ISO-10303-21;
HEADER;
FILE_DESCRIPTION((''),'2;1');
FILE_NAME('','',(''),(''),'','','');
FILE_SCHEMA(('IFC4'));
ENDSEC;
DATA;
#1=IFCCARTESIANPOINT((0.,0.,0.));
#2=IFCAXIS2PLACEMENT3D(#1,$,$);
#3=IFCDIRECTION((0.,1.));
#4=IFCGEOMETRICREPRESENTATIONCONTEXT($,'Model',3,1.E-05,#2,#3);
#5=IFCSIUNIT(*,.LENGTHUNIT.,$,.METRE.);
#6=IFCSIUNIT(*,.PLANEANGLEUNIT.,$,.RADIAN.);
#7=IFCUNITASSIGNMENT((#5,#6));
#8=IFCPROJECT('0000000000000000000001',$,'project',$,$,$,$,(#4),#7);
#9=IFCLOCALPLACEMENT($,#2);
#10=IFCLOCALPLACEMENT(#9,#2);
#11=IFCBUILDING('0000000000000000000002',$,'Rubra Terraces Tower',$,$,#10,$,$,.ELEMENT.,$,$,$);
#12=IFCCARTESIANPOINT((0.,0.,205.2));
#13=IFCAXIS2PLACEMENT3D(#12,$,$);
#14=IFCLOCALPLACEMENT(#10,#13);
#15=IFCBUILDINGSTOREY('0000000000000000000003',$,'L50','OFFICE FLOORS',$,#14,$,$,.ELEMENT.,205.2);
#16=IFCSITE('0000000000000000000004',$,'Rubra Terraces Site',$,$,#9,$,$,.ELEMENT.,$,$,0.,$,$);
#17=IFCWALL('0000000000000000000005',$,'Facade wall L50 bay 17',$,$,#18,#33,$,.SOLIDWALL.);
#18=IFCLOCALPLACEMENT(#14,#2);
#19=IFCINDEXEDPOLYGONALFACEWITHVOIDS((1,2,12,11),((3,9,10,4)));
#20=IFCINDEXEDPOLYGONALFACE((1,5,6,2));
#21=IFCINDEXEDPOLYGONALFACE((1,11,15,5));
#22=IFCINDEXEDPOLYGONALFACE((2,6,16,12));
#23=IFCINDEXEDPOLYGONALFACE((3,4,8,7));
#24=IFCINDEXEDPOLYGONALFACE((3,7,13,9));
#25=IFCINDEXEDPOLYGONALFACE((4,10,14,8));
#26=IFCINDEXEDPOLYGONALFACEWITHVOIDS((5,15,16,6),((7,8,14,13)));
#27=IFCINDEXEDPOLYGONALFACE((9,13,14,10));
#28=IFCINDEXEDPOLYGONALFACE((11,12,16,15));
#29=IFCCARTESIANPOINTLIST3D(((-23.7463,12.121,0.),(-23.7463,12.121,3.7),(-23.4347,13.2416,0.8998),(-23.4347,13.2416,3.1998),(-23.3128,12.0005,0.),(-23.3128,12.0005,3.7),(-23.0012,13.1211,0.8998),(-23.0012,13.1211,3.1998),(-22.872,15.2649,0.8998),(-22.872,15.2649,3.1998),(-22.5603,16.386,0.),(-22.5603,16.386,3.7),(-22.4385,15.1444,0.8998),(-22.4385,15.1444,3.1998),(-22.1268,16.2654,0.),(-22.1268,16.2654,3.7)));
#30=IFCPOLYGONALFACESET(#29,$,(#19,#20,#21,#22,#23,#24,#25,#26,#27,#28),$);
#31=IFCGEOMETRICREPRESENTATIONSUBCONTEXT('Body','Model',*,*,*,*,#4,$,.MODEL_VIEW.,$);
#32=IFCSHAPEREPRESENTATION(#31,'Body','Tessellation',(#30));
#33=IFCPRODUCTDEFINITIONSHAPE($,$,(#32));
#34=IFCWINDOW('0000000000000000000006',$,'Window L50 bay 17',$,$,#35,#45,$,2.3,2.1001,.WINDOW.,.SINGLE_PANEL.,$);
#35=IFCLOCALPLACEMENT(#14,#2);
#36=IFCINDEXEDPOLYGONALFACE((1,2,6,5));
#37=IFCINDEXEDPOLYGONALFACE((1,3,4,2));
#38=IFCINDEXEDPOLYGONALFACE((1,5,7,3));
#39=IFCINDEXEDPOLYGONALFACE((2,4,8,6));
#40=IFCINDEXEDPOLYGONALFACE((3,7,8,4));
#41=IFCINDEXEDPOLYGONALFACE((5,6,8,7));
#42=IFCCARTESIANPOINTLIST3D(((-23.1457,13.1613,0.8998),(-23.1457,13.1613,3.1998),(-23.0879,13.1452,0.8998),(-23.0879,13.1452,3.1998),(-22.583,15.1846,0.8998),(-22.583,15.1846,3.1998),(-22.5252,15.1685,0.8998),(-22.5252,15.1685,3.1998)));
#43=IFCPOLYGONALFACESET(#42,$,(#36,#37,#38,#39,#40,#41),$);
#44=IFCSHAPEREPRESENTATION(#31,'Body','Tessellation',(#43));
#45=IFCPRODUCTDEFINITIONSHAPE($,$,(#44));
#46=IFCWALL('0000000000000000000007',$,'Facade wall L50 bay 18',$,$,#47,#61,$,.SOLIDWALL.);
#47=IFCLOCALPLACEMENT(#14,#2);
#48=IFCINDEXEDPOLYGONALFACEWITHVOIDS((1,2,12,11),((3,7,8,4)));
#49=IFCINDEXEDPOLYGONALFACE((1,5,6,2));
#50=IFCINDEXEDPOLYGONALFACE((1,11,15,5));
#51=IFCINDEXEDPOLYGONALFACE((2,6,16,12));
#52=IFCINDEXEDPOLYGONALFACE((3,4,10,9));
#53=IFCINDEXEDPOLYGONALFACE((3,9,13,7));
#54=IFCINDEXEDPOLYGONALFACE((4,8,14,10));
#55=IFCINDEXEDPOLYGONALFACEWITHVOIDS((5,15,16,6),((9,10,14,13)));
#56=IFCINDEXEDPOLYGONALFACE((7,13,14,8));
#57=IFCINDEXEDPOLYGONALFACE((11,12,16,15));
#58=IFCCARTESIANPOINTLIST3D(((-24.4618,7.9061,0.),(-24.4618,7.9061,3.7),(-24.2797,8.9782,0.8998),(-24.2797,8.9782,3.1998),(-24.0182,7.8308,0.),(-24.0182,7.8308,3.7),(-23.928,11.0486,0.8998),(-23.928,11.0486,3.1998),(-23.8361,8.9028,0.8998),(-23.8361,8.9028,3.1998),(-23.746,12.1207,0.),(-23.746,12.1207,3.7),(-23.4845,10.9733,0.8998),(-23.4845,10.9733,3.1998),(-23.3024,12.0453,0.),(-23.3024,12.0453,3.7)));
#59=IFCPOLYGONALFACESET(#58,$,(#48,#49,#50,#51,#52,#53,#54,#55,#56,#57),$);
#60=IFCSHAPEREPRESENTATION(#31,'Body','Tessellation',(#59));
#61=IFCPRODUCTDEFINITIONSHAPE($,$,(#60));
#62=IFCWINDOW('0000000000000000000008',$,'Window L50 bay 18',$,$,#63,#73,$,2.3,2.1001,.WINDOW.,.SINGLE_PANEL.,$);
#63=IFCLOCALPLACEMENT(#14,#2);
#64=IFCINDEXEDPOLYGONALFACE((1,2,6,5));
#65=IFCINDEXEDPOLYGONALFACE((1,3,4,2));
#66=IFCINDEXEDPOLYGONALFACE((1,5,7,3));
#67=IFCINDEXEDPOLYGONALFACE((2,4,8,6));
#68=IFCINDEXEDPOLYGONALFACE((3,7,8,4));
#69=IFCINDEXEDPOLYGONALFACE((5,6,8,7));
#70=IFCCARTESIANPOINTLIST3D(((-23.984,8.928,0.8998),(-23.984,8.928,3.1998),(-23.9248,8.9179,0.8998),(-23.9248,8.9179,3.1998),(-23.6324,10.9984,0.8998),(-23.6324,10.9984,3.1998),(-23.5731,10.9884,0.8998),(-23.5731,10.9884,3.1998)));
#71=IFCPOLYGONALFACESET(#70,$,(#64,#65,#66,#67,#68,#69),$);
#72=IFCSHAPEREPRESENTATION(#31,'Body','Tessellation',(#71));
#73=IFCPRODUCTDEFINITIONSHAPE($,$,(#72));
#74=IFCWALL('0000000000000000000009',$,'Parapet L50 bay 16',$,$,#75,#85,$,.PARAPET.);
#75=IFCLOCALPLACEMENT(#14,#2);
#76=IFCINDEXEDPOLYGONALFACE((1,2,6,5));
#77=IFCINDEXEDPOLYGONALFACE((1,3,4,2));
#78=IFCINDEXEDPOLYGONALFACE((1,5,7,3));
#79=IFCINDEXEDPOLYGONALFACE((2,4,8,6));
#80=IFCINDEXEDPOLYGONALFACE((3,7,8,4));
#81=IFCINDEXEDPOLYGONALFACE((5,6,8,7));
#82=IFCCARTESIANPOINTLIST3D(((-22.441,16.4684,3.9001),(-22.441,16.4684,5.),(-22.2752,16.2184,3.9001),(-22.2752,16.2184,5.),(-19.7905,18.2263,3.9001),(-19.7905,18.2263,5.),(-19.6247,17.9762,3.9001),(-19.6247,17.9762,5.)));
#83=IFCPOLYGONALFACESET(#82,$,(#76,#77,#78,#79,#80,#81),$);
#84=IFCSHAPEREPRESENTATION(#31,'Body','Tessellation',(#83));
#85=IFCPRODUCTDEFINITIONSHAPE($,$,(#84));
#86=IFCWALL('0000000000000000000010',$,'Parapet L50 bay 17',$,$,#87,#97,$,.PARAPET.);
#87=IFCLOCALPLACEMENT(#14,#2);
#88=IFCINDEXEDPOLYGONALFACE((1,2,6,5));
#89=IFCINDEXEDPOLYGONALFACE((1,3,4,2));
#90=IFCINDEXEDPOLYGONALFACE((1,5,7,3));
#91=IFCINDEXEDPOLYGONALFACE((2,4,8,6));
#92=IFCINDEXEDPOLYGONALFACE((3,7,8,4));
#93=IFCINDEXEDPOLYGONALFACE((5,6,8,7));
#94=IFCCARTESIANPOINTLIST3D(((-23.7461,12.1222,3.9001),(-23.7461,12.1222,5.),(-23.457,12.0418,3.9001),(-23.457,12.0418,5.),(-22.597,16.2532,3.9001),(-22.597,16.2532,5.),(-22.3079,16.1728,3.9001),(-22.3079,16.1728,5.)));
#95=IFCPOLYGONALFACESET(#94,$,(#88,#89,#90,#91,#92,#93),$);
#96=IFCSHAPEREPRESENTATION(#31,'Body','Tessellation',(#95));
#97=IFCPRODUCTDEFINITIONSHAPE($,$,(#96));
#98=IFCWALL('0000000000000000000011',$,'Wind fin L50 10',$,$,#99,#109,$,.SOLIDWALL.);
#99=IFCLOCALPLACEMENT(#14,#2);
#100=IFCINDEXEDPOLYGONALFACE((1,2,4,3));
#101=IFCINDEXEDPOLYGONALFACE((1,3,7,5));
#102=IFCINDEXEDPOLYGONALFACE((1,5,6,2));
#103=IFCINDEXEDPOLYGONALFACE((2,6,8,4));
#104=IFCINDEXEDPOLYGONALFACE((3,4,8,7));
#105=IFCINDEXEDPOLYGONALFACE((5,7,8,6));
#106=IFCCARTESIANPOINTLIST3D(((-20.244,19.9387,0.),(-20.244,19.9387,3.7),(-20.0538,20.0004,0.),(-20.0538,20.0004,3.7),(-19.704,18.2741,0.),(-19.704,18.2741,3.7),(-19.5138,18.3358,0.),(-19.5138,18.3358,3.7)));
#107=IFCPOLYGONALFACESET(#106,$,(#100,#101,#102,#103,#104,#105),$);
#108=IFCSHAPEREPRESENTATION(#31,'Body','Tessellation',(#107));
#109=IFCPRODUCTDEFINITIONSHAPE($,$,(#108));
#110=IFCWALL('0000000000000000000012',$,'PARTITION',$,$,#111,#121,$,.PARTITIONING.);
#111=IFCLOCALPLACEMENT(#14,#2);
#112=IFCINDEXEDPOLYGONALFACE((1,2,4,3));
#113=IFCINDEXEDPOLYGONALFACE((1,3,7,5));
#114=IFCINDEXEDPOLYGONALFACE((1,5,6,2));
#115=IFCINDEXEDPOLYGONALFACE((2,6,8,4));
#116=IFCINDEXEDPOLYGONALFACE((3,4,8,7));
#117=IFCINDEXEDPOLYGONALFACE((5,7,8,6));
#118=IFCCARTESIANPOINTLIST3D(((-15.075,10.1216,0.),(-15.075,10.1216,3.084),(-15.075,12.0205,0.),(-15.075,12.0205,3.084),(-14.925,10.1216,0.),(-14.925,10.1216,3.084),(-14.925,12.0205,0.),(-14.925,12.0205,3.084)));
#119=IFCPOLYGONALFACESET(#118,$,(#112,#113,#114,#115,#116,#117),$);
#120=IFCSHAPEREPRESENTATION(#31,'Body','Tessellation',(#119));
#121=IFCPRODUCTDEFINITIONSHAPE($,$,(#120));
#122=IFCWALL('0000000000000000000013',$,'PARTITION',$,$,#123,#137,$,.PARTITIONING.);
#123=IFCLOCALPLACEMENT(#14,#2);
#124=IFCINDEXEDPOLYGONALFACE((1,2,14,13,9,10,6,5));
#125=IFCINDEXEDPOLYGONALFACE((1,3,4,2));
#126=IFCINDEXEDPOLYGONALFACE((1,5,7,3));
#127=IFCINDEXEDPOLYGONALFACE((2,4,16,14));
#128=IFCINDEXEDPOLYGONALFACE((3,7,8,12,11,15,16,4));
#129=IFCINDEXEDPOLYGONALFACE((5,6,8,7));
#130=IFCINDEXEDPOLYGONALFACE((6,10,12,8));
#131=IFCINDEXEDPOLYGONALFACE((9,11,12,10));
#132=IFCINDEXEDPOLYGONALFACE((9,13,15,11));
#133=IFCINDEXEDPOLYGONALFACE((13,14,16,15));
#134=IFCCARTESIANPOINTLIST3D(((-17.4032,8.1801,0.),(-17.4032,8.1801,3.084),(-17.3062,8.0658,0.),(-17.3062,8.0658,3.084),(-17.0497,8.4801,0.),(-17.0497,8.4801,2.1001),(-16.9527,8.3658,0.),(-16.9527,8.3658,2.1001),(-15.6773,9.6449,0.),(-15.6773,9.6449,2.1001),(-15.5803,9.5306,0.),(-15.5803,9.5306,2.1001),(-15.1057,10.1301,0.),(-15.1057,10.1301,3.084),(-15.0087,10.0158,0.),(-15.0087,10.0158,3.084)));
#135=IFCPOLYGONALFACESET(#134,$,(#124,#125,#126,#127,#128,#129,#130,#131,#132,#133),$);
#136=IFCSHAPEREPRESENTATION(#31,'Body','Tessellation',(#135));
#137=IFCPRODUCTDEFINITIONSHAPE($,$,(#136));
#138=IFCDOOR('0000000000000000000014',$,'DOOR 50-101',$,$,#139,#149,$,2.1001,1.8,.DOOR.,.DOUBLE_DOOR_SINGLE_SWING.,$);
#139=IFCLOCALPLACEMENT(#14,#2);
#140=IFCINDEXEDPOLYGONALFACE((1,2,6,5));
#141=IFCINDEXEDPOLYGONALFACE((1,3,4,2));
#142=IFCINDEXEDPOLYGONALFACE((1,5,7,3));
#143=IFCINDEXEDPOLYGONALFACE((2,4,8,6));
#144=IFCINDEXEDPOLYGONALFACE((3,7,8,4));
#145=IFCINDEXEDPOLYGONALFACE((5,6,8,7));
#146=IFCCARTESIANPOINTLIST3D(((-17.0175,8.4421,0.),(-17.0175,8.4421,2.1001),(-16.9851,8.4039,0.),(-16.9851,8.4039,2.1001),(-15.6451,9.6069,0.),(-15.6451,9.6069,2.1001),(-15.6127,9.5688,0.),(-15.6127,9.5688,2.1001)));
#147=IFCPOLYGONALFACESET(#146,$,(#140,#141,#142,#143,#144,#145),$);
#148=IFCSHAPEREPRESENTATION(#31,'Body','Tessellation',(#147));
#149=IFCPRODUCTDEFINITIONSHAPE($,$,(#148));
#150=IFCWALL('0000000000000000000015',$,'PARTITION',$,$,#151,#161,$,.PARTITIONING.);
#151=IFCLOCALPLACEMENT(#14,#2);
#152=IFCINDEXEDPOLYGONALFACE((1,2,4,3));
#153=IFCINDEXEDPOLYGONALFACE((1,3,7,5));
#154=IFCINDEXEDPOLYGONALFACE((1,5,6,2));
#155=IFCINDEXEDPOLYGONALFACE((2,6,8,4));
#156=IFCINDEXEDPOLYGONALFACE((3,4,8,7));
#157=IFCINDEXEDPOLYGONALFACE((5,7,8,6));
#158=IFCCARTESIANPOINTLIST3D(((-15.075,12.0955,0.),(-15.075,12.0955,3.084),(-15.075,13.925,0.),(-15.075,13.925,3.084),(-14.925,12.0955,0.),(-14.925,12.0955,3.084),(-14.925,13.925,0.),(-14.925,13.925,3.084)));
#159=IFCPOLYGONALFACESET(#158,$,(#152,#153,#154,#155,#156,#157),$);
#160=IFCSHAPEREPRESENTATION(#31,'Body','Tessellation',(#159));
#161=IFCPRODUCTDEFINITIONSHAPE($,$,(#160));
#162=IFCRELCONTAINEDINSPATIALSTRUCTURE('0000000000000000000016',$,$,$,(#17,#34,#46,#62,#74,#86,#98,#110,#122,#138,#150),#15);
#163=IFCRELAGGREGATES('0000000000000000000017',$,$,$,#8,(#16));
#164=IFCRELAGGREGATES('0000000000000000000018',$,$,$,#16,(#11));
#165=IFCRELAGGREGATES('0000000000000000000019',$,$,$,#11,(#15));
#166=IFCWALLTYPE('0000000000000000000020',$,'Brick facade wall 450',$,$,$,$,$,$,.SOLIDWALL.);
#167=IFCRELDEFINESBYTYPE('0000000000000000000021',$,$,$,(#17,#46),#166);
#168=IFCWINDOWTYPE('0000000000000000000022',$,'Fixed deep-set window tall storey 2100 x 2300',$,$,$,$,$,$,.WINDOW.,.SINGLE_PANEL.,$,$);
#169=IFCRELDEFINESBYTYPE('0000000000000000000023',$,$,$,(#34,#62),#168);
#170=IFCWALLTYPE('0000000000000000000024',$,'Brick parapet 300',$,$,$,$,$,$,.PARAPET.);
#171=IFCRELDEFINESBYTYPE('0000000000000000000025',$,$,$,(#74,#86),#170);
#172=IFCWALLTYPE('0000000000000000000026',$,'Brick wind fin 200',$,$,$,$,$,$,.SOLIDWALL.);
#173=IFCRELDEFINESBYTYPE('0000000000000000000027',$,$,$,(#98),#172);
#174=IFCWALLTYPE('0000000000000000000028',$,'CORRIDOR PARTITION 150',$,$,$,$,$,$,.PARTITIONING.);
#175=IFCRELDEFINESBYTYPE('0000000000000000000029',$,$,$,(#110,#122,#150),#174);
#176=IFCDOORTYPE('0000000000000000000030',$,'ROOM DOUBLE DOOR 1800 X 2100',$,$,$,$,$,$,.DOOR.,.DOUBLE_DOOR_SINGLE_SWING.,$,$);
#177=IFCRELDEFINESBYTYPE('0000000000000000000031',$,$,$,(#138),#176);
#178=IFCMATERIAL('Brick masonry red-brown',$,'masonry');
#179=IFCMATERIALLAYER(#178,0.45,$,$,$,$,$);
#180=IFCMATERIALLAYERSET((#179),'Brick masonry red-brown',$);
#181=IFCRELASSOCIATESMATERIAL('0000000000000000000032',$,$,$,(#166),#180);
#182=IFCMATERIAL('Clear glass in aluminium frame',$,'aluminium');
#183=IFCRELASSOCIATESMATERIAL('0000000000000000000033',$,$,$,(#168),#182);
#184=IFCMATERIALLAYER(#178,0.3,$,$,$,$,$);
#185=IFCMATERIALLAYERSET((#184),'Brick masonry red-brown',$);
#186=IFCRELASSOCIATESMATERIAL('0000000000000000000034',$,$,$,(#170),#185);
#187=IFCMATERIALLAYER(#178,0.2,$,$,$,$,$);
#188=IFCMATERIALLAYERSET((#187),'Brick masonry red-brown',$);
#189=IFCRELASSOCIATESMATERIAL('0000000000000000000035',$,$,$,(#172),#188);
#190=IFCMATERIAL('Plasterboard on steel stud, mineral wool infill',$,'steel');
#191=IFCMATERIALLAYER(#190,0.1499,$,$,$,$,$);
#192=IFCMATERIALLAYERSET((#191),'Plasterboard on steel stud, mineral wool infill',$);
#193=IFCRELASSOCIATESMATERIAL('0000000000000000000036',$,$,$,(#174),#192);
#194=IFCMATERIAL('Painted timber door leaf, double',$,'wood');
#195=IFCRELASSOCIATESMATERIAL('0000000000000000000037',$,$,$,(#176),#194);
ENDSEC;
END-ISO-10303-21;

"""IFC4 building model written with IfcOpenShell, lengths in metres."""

from ifc_helpers import new_model, si_unit, direction, frame, frame_2d, origin, place, context, subcontext, project, spatial, rectangle, extrude, material, layer, layer_set, type_object, element, fill, save


model = new_model("IFC4")

# Units and contexts
model_context = context("Model", 3, precision=1e-05, world=origin(), true_north=direction((0.0, 1.0)))
body_context = subcontext(model_context, "Body", "Model", "MODEL_VIEW")
ifc_project = project(units=[si_unit("LENGTHUNIT", "METRE"), si_unit("PLANEANGLEUNIT", "RADIAN")], contexts=[model_context])

# Site, building, storey
site_placement = place(None, origin())
site = spatial("IfcSite", under=ifc_project, at=site_placement, Name="Rubra Terraces Site", CompositionType="ELEMENT", RefElevation=0.0)
building_placement = place(site_placement, origin())
building = spatial("IfcBuilding", under=site, at=building_placement, Name="Rubra Terraces Tower", CompositionType="ELEMENT")
storey_placement = place(building_placement, frame((0.0, 0.0, 205.2)))
storey = spatial("IfcBuildingStorey", under=building, at=storey_placement, Name="L50", Description="OFFICE FLOORS", CompositionType="ELEMENT", Elevation=205.2)

# Walls, openings, windows
ifc_material_1 = material(Name="Brick masonry red-brown", Category="masonry")
ifc_layer_1 = layer(ifc_material_1, 0.45)
ifc_layer_set_1 = layer_set([ifc_layer_1], Name="Brick masonry red-brown")
wall_type_1 = type_object("IfcWallType", Name="Brick facade wall 450", PredefinedType="SOLIDWALL", material=ifc_layer_set_1)
ifc_material_2 = material(Name="Clear glass in aluminium frame", Category="aluminium")
window_type = type_object("IfcWindowType", Name="Fixed deep-set window tall storey 2100 x 2300", PartitioningType="SINGLE_PANEL", PredefinedType="WINDOW", material=ifc_material_2)
wall_1_placement = place(storey_placement, frame((-22.3435, 16.3257, 0.0), z_axis=(0.0, 0.0, 1.0), x_axis=(-0.267925, -0.96344, 0.0)))
wall_1 = element("IfcWall", 1, at=wall_1_placement, inside=storey, type_object=wall_type_1, Name="Facade wall L50 bay 17", PredefinedType="SOLIDWALL", context=body_context, shape_type="SweptSolid", body=[
    extrude(rectangle(XDim=4.4268, YDim=0.45, at=frame_2d((2.2134, 0.0))), origin(), (0.0, 0.0, 1.0), 3.7),
])
opening_1_placement = place(wall_1_placement, frame((1.1636, 0.0, 0.8999)))
opening_1 = element("IfcOpeningElement", 2, at=opening_1_placement, cuts=wall_1, PredefinedType="OPENING", context=body_context, shape_type="SweptSolid", body=[
    extrude(rectangle(XDim=2.1001, YDim=2.3, at=frame_2d((1.05, 1.1499))), frame((0.0, 0.2349, 0.0), z_axis=(0.0, -1.0, 0.0), x_axis=(1.0, 0.0, 0.0)), (0.0, 0.0, 1.0), 0.47),
])
window_1_placement = place(opening_1_placement, origin())
window_1 = element("IfcWindow", 3, at=window_1_placement, inside=storey, type_object=window_type, Name="Window L50 bay 17", OverallHeight=2.3, OverallWidth=2.1001, PartitioningType="SINGLE_PANEL", PredefinedType="WINDOW", context=body_context, shape_type="SweptSolid", body=[
    extrude(rectangle(XDim=2.1001, YDim=2.3, at=frame_2d((1.05, 1.1499))), frame((0.0, 0.135, 0.0), z_axis=(0.0, -1.0, 0.0), x_axis=(1.0, 0.0, 0.0)), (0.0, 0.0, 1.0), 0.0601),
])
fill(opening_1, window_1)
wall_2_placement = place(storey_placement, frame((-23.5242, 12.083, 0.0), z_axis=(0.0, 0.0, 1.0), x_axis=(-0.167445, -0.985881, 0.0)))
wall_2 = element("IfcWall", 4, at=wall_2_placement, inside=storey, type_object=wall_type_1, Name="Facade wall L50 bay 18", PredefinedType="SOLIDWALL", context=body_context, shape_type="SweptSolid", body=[
    extrude(rectangle(XDim=4.2749, YDim=0.45, at=frame_2d((2.1375, 0.0))), origin(), (0.0, 0.0, 1.0), 3.7),
])
opening_2_placement = place(wall_2_placement, frame((1.0874, 0.0, 0.8999)))
opening_2 = element("IfcOpeningElement", 5, at=opening_2_placement, cuts=wall_2, PredefinedType="OPENING", context=body_context, shape_type="SweptSolid", body=[
    extrude(rectangle(XDim=2.1001, YDim=2.3, at=frame_2d((1.05, 1.1499))), frame((0.0, 0.2349, 0.0), z_axis=(0.0, -1.0, 0.0), x_axis=(1.0, 0.0, 0.0)), (0.0, 0.0, 1.0), 0.47),
])
window_2_placement = place(opening_2_placement, origin())
window_2 = element("IfcWindow", 6, at=window_2_placement, inside=storey, type_object=window_type, Name="Window L50 bay 18", OverallHeight=2.3, OverallWidth=2.1001, PartitioningType="SINGLE_PANEL", PredefinedType="WINDOW", context=body_context, shape_type="SweptSolid", body=[
    extrude(rectangle(XDim=2.1001, YDim=2.3, at=frame_2d((1.05, 1.1499))), frame((0.0, 0.135, 0.0), z_axis=(0.0, -1.0, 0.0), x_axis=(1.0, 0.0, 0.0)), (0.0, 0.0, 1.0), 0.0601),
])
fill(opening_2, window_2)

# Walls
ifc_layer_2 = layer(ifc_material_1, 0.3)
ifc_layer_set_2 = layer_set([ifc_layer_2], Name="Brick masonry red-brown")
wall_type_2 = type_object("IfcWallType", Name="Brick parapet 300", PredefinedType="PARAPET", material=ifc_layer_set_2)
wall_3_placement = place(storey_placement, frame((-19.7075, 18.1013, 3.9001), z_axis=(0.0, 0.0, 1.0), x_axis=(-0.833371, -0.552715, 0.0)))
element("IfcWall", 7, at=wall_3_placement, inside=storey, type_object=wall_type_2, Name="Parapet L50 bay 16", PredefinedType="PARAPET", context=body_context, shape_type="SweptSolid", body=[
    extrude(rectangle(XDim=3.1804, YDim=0.3, at=frame_2d((1.5903, 0.0))), origin(), (0.0, 0.0, 1.0), 1.0999),
])
wall_4_placement = place(storey_placement, frame((-22.4524, 16.2131, 3.9001), z_axis=(0.0, 0.0, 1.0), x_axis=(-0.267999, -0.963419, 0.0)))
element("IfcWall", 8, at=wall_4_placement, inside=storey, type_object=wall_type_2, Name="Parapet L50 bay 17", PredefinedType="PARAPET", context=body_context, shape_type="SweptSolid", body=[
    extrude(rectangle(XDim=4.2878, YDim=0.3, at=frame_2d((2.144, 0.0))), origin(), (0.0, 0.0, 1.0), 1.0999),
])
ifc_layer_3 = layer(ifc_material_1, 0.2)
ifc_layer_set_3 = layer_set([ifc_layer_3], Name="Brick masonry red-brown")
wall_type_3 = type_object("IfcWallType", Name="Brick wind fin 200", PredefinedType="SOLIDWALL", material=ifc_layer_set_3)
wall_5_placement = place(storey_placement, frame((-19.6089, 18.3049, 0.0), z_axis=(0.0, 0.0, 1.0), x_axis=(-0.3086, 0.951192, 0.0)))
element("IfcWall", 9, at=wall_5_placement, inside=storey, type_object=wall_type_3, Name="Wind fin L50 10", PredefinedType="SOLIDWALL", context=body_context, shape_type="SweptSolid", body=[
    extrude(rectangle(XDim=1.75, YDim=0.2, at=frame_2d((0.875, 0.0))), origin(), (0.0, 0.0, 1.0), 3.7),
])
ifc_material_3 = material(Name="Plasterboard on steel stud, mineral wool infill", Category="steel")
ifc_layer_4 = layer(ifc_material_3, 0.1499)
ifc_layer_set_4 = layer_set([ifc_layer_4], Name="Plasterboard on steel stud, mineral wool infill")
wall_type_4 = type_object("IfcWallType", Name="CORRIDOR PARTITION 150", PredefinedType="PARTITIONING", material=ifc_layer_set_4)
wall_6_placement = place(storey_placement, frame((-15.0, 12.0205, 0.0), z_axis=(0.0, 0.0, 1.0), x_axis=(0.0, -1.0, 0.0)))
element("IfcWall", 10, at=wall_6_placement, inside=storey, type_object=wall_type_4, Name="PARTITION", PredefinedType="PARTITIONING", context=body_context, shape_type="SweptSolid", body=[
    extrude(rectangle(XDim=1.8989, YDim=0.1499, at=frame_2d((0.9495, 0.0))), origin(), (0.0, 0.0, 1.0), 3.084),
])

# Wall, opening, door
wall_7_placement = place(storey_placement, frame((-15.0571, 10.073, 0.0), z_axis=(0.0, 0.0, 1.0), x_axis=(-0.762399, -0.647107, 0.0)))
wall_7 = element("IfcWall", 11, at=wall_7_placement, inside=storey, type_object=wall_type_4, Name="PARTITION", PredefinedType="PARTITIONING", context=body_context, shape_type="SweptSolid", body=[
    extrude(rectangle(XDim=3.0134, YDim=0.1499, at=frame_2d((1.5068, 0.0))), origin(), (0.0, 0.0, 1.0), 3.084),
])
opening_3_placement = place(wall_7_placement, frame((0.75, 0.0, 0.0)))
opening_3 = element("IfcOpeningElement", 12, at=opening_3_placement, cuts=wall_7, PredefinedType="OPENING", context=body_context, shape_type="SweptSolid", body=[
    extrude(rectangle(XDim=1.8, YDim=2.1001, at=frame_2d((0.8999, 1.05))), frame((0.0, 0.085, 0.0), z_axis=(0.0, -1.0, 0.0), x_axis=(1.0, 0.0, 0.0)), (0.0, 0.0, 1.0), 0.1699),
])
ifc_material_4 = material(Name="Painted timber door leaf, double", Category="wood")
door_type_1 = type_object("IfcDoorType", Name="ROOM DOUBLE DOOR 1800 X 2100", OperationType="DOUBLE_DOOR_SINGLE_SWING", PredefinedType="DOOR", material=ifc_material_4)
door_1_placement = place(opening_3_placement, origin())
door_1 = element("IfcDoor", 13, at=door_1_placement, inside=storey, type_object=door_type_1, Name="DOOR 50-101", OperationType="DOUBLE_DOOR_SINGLE_SWING", OverallHeight=2.1001, OverallWidth=1.8, PredefinedType="DOOR", context=body_context, shape_type="SweptSolid", body=[
    extrude(rectangle(XDim=1.8, YDim=2.1001, at=frame_2d((0.8999, 1.05))), frame((0.0, 0.0249, 0.0), z_axis=(0.0, -1.0, 0.0), x_axis=(1.0, 0.0, 0.0)), (0.0, 0.0, 1.0), 0.05),
])
fill(opening_3, door_1)

# Wall
wall_8_placement = place(storey_placement, frame((-15.0, 13.925, 0.0), z_axis=(0.0, 0.0, 1.0), x_axis=(0.0, -1.0, 0.0)))
element("IfcWall", 14, at=wall_8_placement, inside=storey, type_object=wall_type_4, Name="PARTITION", PredefinedType="PARTITIONING", context=body_context, shape_type="SweptSolid", body=[
    extrude(rectangle(XDim=1.8296, YDim=0.1499, at=frame_2d((0.9148, 0.0))), origin(), (0.0, 0.0, 1.0), 3.084),
])

save(model, "model.ifc")
